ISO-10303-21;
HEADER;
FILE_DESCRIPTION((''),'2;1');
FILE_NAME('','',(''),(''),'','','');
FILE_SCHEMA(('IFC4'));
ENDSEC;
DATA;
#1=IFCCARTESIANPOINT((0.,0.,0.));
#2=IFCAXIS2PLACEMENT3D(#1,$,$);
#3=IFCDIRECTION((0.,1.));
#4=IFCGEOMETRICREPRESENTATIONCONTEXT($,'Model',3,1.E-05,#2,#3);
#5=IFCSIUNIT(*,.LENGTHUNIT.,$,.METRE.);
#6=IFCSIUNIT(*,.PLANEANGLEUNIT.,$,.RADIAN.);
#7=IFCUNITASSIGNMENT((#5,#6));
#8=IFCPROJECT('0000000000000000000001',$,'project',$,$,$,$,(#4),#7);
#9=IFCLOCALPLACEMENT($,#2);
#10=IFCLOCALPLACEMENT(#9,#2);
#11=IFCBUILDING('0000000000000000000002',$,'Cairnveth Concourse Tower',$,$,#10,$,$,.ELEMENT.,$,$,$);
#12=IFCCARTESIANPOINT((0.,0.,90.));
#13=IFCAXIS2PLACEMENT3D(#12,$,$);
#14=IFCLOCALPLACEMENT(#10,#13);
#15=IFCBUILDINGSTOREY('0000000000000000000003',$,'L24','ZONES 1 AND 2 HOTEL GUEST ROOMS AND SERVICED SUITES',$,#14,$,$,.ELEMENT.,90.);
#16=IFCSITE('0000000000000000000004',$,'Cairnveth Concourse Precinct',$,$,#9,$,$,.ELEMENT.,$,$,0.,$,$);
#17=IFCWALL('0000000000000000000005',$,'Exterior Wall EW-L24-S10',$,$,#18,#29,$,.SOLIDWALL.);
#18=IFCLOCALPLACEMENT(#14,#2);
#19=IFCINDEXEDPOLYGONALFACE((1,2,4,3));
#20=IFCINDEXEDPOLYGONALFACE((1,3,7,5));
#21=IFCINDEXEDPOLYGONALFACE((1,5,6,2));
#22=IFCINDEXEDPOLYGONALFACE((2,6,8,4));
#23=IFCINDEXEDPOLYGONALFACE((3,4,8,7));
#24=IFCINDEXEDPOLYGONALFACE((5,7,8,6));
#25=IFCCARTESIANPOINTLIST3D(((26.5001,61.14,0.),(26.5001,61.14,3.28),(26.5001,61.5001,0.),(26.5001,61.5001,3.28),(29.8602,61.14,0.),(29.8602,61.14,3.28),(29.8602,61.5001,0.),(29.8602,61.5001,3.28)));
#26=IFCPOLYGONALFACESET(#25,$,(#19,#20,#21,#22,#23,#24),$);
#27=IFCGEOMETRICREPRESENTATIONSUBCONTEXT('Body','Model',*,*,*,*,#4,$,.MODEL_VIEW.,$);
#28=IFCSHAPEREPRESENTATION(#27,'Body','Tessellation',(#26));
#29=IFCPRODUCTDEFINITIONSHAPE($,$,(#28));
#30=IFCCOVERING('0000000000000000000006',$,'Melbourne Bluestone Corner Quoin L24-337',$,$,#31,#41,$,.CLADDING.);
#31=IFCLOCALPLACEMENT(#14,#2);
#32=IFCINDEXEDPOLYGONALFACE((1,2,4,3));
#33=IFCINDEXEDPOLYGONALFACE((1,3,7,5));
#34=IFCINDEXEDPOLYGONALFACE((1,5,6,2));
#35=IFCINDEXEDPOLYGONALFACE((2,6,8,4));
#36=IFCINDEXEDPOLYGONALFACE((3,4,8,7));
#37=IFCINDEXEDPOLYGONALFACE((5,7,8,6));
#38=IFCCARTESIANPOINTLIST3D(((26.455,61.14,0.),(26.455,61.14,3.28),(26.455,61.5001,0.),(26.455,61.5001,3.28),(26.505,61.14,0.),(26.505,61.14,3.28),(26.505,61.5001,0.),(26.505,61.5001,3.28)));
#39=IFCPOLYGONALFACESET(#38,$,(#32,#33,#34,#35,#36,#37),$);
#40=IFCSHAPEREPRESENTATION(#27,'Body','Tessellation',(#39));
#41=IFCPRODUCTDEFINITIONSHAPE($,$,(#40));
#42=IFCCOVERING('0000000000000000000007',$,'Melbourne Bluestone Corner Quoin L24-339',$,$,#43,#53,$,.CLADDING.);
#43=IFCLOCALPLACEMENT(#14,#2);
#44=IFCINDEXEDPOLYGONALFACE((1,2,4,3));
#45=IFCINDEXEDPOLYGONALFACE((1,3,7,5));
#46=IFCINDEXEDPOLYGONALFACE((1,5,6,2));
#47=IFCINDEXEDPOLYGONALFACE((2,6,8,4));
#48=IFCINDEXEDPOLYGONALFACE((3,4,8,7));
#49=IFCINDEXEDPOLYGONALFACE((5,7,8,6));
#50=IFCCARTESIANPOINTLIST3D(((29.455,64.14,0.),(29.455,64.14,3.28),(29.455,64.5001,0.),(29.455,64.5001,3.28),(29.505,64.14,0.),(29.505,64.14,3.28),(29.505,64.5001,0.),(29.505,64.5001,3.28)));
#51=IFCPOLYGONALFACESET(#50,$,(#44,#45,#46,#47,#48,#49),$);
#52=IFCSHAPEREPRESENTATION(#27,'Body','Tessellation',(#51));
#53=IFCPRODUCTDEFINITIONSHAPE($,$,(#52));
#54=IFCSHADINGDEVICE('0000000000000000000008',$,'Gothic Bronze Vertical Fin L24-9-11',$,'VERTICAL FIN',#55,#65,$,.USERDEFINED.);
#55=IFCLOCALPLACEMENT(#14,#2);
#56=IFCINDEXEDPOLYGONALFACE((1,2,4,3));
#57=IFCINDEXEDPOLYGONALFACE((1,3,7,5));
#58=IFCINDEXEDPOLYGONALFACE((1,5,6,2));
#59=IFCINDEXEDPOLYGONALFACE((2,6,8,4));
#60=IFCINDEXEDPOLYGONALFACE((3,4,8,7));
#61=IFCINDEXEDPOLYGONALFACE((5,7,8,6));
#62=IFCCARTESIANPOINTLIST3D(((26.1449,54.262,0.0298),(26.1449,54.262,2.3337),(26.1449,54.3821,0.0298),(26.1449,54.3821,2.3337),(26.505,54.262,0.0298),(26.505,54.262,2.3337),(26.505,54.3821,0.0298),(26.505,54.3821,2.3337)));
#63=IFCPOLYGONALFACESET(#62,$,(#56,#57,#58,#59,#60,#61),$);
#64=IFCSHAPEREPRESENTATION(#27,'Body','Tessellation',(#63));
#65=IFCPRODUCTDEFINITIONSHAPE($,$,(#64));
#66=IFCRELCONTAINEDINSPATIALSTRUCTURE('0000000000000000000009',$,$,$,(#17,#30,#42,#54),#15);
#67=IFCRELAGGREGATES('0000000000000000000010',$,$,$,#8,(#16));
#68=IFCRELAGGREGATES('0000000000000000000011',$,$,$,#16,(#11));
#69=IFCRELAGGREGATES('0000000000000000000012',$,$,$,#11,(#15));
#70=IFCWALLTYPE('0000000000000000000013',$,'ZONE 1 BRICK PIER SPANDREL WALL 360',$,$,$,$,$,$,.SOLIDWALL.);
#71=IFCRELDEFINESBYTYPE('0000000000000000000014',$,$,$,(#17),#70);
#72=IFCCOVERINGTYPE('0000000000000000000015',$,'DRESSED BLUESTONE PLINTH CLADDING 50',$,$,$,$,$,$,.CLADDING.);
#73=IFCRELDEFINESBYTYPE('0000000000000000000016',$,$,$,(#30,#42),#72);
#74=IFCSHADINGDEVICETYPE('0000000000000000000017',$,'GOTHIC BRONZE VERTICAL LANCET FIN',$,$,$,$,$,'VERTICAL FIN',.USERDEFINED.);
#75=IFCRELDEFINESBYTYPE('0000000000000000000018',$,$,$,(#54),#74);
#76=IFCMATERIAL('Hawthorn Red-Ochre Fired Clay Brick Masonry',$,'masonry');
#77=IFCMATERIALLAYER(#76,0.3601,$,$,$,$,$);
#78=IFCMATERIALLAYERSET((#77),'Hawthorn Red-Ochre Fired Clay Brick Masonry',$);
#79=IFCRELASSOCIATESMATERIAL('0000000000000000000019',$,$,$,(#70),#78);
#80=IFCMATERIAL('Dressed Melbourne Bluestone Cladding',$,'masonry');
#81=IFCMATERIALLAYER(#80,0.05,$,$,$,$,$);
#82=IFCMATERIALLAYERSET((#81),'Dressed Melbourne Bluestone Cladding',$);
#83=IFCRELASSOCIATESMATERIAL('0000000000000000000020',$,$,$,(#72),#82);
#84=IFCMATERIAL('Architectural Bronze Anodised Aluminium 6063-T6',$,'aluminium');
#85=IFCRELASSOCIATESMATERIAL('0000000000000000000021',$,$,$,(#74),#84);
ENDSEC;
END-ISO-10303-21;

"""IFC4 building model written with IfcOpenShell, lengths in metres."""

from ifc_helpers import new_model, si_unit, direction, frame, frame_2d, origin, origin_2d, place, context, subcontext, project, spatial, rectangle, extrude, material, layer, layer_set, type_object, element, save


model = new_model("IFC4")

# Units and contexts
model_context = context("Model", 3, precision=1e-05, world=origin(), true_north=direction((0.0, 1.0)))
body_context = subcontext(model_context, "Body", "Model", "MODEL_VIEW")
ifc_project = project(units=[si_unit("LENGTHUNIT", "METRE"), si_unit("PLANEANGLEUNIT", "RADIAN")], contexts=[model_context])

# Site, building, storey
site_placement = place(None, origin())
site = spatial("IfcSite", under=ifc_project, at=site_placement, Name="Cairnveth Concourse Precinct", CompositionType="ELEMENT", RefElevation=0.0)
building_placement = place(site_placement, origin())
building = spatial("IfcBuilding", under=site, at=building_placement, Name="Cairnveth Concourse Tower", CompositionType="ELEMENT")
storey_placement = place(building_placement, frame((0.0, 0.0, 90.0)))
storey = spatial("IfcBuildingStorey", under=building, at=storey_placement, Name="L24", Description="ZONES 1 AND 2 HOTEL GUEST ROOMS AND SERVICED SUITES", CompositionType="ELEMENT", Elevation=90.0)

# Wall
ifc_material_1 = material(Name="Hawthorn Red-Ochre Fired Clay Brick Masonry", Category="masonry")
ifc_layer_1 = layer(ifc_material_1, 0.3601)
ifc_layer_set_1 = layer_set([ifc_layer_1], Name="Hawthorn Red-Ochre Fired Clay Brick Masonry")
wall_type_1 = type_object("IfcWallType", Name="ZONE 1 BRICK PIER SPANDREL WALL 360", PredefinedType="SOLIDWALL", material=ifc_layer_set_1)
wall_1_placement = place(storey_placement, frame((26.5, 61.3201, 0.0), z_axis=(0.0, 0.0, 1.0), x_axis=(1.0, 0.0, 0.0)))
element("IfcWall", 1, at=wall_1_placement, inside=storey, type_object=wall_type_1, Name="Exterior Wall EW-L24-S10", PredefinedType="SOLIDWALL", context=body_context, shape_type="SweptSolid", body=[
    extrude(rectangle(XDim=3.3601, YDim=0.3601, at=frame_2d((1.6802, 0.0))), origin(), (0.0, 0.0, 1.0), 3.28),
])

# Coverings
ifc_material_2 = material(Name="Dressed Melbourne Bluestone Cladding", Category="masonry")
ifc_layer_2 = layer(ifc_material_2, 0.05)
ifc_layer_set_2 = layer_set([ifc_layer_2], Name="Dressed Melbourne Bluestone Cladding")
covering_type = type_object("IfcCoveringType", Name="DRESSED BLUESTONE PLINTH CLADDING 50", PredefinedType="CLADDING", material=ifc_layer_set_2)
for number, where, z_axis, x_axis, name in (
    (2, (26.48, 61.1399, 0.0), (0.0, 0.0, 1.0), (0.0, 1.0, 0.0), "Melbourne Bluestone Corner Quoin L24-337"),
    (3, (29.48, 64.1399, 0.0), (0.0, 0.0, 1.0), (0.0, 1.0, 0.0), "Melbourne Bluestone Corner Quoin L24-339"),
):
    element("IfcCovering", number, at=place(storey_placement, frame(where, z_axis=z_axis, x_axis=x_axis)), inside=storey, type_object=covering_type, Name=name, PredefinedType="CLADDING", context=body_context, shape_type="SweptSolid", body=[
        extrude(rectangle(XDim=0.3601, YDim=0.05, at=frame_2d((0.1802, 0.0))), origin(), (0.0, 0.0, 1.0), 3.28),
    ])

# Shading device
ifc_material_3 = material(Name="Architectural Bronze Anodised Aluminium 6063-T6", Category="aluminium")
shading_device_type = type_object("IfcShadingDeviceType", Name="GOTHIC BRONZE VERTICAL LANCET FIN", ElementType="VERTICAL FIN", PredefinedType="USERDEFINED", material=ifc_material_3)
shading_device_placement = place(storey_placement, frame((26.325, 54.322, 0.0298), z_axis=(0.0, 0.0, 1.0), x_axis=(0.0, 1.0, 0.0)))
element("IfcShadingDevice", 4, at=shading_device_placement, inside=storey, type_object=shading_device_type, Name="Gothic Bronze Vertical Fin L24-9-11", ObjectType="VERTICAL FIN", PredefinedType="USERDEFINED", context=body_context, shape_type="SweptSolid", body=[
    extrude(rectangle(XDim=0.1201, YDim=0.3601, at=origin_2d()), origin(), (0.0, 0.0, 1.0), 2.304),
])

save(model, "model.ifc")
